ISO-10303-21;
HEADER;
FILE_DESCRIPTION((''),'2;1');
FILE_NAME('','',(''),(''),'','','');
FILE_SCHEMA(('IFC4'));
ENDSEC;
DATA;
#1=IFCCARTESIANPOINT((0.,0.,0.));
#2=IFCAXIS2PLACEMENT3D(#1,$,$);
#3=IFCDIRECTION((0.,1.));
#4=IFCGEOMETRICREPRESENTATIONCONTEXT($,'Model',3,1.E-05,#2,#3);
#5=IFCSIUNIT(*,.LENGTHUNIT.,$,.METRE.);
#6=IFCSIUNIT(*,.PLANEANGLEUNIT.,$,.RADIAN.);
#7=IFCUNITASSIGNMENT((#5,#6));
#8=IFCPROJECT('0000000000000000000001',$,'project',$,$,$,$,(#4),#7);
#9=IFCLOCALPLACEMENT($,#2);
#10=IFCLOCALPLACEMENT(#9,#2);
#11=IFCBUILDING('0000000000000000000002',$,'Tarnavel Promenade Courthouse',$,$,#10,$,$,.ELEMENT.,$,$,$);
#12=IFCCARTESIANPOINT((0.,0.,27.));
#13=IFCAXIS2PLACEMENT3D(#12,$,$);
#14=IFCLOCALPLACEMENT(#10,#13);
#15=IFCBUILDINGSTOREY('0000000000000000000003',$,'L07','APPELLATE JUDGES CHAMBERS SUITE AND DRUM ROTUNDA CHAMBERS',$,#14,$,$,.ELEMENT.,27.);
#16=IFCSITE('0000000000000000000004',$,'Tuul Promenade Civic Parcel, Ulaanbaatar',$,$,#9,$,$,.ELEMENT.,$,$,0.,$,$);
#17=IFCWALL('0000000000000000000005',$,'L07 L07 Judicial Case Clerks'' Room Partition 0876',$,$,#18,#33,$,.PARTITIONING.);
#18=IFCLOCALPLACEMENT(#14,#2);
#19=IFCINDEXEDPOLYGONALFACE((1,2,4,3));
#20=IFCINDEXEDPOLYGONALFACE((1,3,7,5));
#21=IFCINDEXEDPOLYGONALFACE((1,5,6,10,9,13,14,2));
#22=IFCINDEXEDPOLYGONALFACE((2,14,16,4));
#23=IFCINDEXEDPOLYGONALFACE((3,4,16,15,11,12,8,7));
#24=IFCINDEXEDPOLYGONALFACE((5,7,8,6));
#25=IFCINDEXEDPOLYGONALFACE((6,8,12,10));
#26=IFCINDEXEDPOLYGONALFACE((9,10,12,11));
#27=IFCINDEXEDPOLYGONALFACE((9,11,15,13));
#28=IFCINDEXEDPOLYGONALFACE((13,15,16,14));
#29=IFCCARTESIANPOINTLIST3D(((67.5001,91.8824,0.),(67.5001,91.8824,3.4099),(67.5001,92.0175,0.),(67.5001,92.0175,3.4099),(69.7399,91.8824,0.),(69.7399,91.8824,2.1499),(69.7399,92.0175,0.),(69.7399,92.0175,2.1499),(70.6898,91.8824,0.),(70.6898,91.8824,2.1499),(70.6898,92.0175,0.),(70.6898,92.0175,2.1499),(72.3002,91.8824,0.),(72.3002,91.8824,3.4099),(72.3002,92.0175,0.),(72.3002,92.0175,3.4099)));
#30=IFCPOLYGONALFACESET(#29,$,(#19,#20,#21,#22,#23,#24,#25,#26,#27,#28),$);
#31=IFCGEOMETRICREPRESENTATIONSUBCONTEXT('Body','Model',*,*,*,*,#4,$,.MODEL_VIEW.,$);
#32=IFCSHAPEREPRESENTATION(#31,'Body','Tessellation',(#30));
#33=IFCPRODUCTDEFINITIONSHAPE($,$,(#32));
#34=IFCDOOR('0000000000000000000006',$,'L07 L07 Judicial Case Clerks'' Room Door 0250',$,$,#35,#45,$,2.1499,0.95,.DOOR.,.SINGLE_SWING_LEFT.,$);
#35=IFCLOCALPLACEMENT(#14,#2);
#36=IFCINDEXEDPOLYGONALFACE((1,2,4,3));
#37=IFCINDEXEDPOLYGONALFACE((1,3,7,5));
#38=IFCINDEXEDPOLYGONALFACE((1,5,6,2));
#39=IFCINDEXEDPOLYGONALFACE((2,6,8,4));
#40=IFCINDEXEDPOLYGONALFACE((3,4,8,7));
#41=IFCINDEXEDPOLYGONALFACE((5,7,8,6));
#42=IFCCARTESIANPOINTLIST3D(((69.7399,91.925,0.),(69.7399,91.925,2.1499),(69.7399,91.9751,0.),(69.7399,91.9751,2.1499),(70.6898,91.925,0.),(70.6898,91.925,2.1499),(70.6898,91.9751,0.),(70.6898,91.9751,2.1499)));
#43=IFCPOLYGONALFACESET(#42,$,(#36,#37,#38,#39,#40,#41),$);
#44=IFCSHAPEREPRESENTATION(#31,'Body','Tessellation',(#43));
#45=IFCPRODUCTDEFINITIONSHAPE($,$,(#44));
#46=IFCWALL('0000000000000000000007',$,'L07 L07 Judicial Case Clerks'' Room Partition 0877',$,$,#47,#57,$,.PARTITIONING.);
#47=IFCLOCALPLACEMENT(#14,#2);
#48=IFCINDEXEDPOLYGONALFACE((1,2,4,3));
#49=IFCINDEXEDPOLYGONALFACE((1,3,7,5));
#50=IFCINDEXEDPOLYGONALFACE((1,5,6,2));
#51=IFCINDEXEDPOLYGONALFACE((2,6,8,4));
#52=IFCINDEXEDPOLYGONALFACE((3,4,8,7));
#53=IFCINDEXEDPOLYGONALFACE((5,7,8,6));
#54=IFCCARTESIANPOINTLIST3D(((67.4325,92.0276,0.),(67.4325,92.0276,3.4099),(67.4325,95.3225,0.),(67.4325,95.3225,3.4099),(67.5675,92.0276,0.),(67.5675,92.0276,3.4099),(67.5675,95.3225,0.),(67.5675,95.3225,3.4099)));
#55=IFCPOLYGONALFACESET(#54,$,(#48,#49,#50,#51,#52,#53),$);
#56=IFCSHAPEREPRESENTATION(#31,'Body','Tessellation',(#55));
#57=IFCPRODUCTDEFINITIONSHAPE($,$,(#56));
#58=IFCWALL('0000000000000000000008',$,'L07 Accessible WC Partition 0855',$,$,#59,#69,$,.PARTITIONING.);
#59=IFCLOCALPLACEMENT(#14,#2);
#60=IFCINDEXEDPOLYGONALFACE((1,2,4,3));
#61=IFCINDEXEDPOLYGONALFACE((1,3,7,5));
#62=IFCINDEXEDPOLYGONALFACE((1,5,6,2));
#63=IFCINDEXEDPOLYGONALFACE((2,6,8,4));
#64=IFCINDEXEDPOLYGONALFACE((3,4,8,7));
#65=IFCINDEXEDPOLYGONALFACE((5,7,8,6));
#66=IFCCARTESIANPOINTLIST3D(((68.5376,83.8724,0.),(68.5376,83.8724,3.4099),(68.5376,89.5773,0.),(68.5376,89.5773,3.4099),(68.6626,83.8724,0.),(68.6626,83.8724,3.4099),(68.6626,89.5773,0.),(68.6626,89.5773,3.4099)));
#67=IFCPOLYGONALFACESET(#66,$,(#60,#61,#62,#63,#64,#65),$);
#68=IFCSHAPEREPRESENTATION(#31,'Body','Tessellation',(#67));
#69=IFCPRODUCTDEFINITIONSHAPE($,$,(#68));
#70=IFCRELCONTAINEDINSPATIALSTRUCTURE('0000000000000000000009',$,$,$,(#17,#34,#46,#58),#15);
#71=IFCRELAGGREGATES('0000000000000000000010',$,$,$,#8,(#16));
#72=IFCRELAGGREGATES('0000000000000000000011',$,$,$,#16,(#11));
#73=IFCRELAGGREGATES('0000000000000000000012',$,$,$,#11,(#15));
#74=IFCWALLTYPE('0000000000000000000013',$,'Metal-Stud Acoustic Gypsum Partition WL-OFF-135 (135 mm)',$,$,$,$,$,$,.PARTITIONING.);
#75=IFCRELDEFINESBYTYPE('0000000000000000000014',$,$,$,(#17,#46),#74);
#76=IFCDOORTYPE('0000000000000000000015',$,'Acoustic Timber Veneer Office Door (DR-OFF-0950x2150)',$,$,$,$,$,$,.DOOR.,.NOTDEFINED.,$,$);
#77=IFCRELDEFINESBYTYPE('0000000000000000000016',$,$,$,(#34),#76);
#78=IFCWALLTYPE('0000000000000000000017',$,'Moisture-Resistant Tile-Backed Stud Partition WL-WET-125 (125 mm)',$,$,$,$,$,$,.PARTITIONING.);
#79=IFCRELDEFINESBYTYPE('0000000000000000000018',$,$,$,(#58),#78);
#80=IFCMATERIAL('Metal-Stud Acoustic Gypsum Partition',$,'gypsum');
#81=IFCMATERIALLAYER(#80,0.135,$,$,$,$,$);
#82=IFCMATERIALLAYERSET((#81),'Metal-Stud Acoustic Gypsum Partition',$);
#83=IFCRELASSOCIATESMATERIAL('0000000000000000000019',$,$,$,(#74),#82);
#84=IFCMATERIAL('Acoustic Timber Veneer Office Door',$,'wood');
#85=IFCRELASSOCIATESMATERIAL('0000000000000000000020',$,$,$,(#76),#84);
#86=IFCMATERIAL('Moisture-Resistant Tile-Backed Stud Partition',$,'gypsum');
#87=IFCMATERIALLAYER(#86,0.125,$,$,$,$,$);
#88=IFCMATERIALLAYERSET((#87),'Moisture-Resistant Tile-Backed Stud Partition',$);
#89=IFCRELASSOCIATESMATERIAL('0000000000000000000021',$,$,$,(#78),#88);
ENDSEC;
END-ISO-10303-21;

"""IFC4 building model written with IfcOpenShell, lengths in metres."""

from ifc_helpers import new_model, si_unit, direction, frame, frame_2d, origin, place, context, subcontext, project, spatial, rectangle, extrude, material, layer, layer_set, type_object, element, fill, save


model = new_model("IFC4")

# Units and contexts
model_context = context("Model", 3, precision=1e-05, world=origin(), true_north=direction((0.0, 1.0)))
body_context = subcontext(model_context, "Body", "Model", "MODEL_VIEW")
ifc_project = project(units=[si_unit("LENGTHUNIT", "METRE"), si_unit("PLANEANGLEUNIT", "RADIAN")], contexts=[model_context])

# Site, building, storey
site_placement = place(None, origin())
site = spatial("IfcSite", under=ifc_project, at=site_placement, Name="Tuul Promenade Civic Parcel, Ulaanbaatar", CompositionType="ELEMENT", RefElevation=0.0)
building_placement = place(site_placement, origin())
building = spatial("IfcBuilding", under=site, at=building_placement, Name="Tarnavel Promenade Courthouse", CompositionType="ELEMENT")
storey_placement = place(building_placement, frame((0.0, 0.0, 27.0)))
storey = spatial("IfcBuildingStorey", under=building, at=storey_placement, Name="L07", Description="APPELLATE JUDGES CHAMBERS SUITE AND DRUM ROTUNDA CHAMBERS", CompositionType="ELEMENT", Elevation=27.0)

# Wall, opening, door
ifc_material_1 = material(Name="Metal-Stud Acoustic Gypsum Partition", Category="gypsum")
ifc_layer_1 = layer(ifc_material_1, 0.135)
ifc_layer_set_1 = layer_set([ifc_layer_1], Name="Metal-Stud Acoustic Gypsum Partition")
wall_type_1 = type_object("IfcWallType", Name="Metal-Stud Acoustic Gypsum Partition WL-OFF-135 (135 mm)", PredefinedType="PARTITIONING", material=ifc_layer_set_1)
wall_1_placement = place(storey_placement, frame((72.3, 91.95, 0.0), z_axis=(0.0, 0.0, 1.0), x_axis=(-1.0, 0.0, 0.0)))
wall_1 = element("IfcWall", 1, at=wall_1_placement, inside=storey, type_object=wall_type_1, Name="L07 L07 Judicial Case Clerks' Room Partition 0876", PredefinedType="PARTITIONING", context=body_context, shape_type="SweptSolid", body=[
    extrude(rectangle(XDim=4.8, YDim=0.135, at=frame_2d((2.3999, 0.0))), origin(), (0.0, 0.0, 1.0), 3.4099),
])
opening_1_placement = place(wall_1_placement, frame((1.6101, 0.0, 0.0)))
opening_1 = element("IfcOpeningElement", 2, at=opening_1_placement, cuts=wall_1, PredefinedType="OPENING", context=body_context, shape_type="SweptSolid", body=[
    extrude(rectangle(XDim=0.95, YDim=2.1499, at=frame_2d((0.4751, 1.075))), frame((0.0, 0.0774, 0.0), z_axis=(0.0, -1.0, 0.0), x_axis=(1.0, 0.0, 0.0)), (0.0, 0.0, 1.0), 0.155),
])
ifc_material_2 = material(Name="Acoustic Timber Veneer Office Door", Category="wood")
door_type_1 = type_object("IfcDoorType", Name="Acoustic Timber Veneer Office Door (DR-OFF-0950x2150)", OperationType="NOTDEFINED", PredefinedType="DOOR", material=ifc_material_2)
door_1_placement = place(opening_1_placement, origin())
door_1 = element("IfcDoor", 3, at=door_1_placement, inside=storey, type_object=door_type_1, Name="L07 L07 Judicial Case Clerks' Room Door 0250", OperationType="SINGLE_SWING_LEFT", OverallHeight=2.1499, OverallWidth=0.95, PredefinedType="DOOR", context=body_context, shape_type="SweptSolid", body=[
    extrude(rectangle(XDim=0.95, YDim=2.1499, at=frame_2d((0.4751, 1.075))), frame((0.0, 0.0249, 0.0), z_axis=(0.0, -1.0, 0.0), x_axis=(1.0, 0.0, 0.0)), (0.0, 0.0, 1.0), 0.05),
])
fill(opening_1, door_1)

# Wall
wall_2_placement = place(storey_placement, frame((67.5, 92.0276, 0.0), z_axis=(0.0, 0.0, 1.0), x_axis=(0.0, 1.0, 0.0)))
element("IfcWall", 4, at=wall_2_placement, inside=storey, type_object=wall_type_1, Name="L07 L07 Judicial Case Clerks' Room Partition 0877", PredefinedType="PARTITIONING", context=body_context, shape_type="SweptSolid", body=[
    extrude(rectangle(XDim=3.2949, YDim=0.135, at=frame_2d((1.6475, 0.0))), origin(), (0.0, 0.0, 1.0), 3.4099),
])

# Wall
ifc_material_3 = material(Name="Moisture-Resistant Tile-Backed Stud Partition", Category="gypsum")
ifc_layer_2 = layer(ifc_material_3, 0.125)
ifc_layer_set_2 = layer_set([ifc_layer_2], Name="Moisture-Resistant Tile-Backed Stud Partition")
wall_type_2 = type_object("IfcWallType", Name="Moisture-Resistant Tile-Backed Stud Partition WL-WET-125 (125 mm)", PredefinedType="PARTITIONING", material=ifc_layer_set_2)
wall_3_placement = place(storey_placement, frame((68.6001, 89.5774, 0.0), z_axis=(0.0, 0.0, 1.0), x_axis=(0.0, -1.0, 0.0)))
element("IfcWall", 5, at=wall_3_placement, inside=storey, type_object=wall_type_2, Name="L07 Accessible WC Partition 0855", PredefinedType="PARTITIONING", context=body_context, shape_type="SweptSolid", body=[
    extrude(rectangle(XDim=5.7048, YDim=0.125, at=frame_2d((2.8525, 0.0))), origin(), (0.0, 0.0, 1.0), 3.4099),
])

save(model, "model.ifc")
